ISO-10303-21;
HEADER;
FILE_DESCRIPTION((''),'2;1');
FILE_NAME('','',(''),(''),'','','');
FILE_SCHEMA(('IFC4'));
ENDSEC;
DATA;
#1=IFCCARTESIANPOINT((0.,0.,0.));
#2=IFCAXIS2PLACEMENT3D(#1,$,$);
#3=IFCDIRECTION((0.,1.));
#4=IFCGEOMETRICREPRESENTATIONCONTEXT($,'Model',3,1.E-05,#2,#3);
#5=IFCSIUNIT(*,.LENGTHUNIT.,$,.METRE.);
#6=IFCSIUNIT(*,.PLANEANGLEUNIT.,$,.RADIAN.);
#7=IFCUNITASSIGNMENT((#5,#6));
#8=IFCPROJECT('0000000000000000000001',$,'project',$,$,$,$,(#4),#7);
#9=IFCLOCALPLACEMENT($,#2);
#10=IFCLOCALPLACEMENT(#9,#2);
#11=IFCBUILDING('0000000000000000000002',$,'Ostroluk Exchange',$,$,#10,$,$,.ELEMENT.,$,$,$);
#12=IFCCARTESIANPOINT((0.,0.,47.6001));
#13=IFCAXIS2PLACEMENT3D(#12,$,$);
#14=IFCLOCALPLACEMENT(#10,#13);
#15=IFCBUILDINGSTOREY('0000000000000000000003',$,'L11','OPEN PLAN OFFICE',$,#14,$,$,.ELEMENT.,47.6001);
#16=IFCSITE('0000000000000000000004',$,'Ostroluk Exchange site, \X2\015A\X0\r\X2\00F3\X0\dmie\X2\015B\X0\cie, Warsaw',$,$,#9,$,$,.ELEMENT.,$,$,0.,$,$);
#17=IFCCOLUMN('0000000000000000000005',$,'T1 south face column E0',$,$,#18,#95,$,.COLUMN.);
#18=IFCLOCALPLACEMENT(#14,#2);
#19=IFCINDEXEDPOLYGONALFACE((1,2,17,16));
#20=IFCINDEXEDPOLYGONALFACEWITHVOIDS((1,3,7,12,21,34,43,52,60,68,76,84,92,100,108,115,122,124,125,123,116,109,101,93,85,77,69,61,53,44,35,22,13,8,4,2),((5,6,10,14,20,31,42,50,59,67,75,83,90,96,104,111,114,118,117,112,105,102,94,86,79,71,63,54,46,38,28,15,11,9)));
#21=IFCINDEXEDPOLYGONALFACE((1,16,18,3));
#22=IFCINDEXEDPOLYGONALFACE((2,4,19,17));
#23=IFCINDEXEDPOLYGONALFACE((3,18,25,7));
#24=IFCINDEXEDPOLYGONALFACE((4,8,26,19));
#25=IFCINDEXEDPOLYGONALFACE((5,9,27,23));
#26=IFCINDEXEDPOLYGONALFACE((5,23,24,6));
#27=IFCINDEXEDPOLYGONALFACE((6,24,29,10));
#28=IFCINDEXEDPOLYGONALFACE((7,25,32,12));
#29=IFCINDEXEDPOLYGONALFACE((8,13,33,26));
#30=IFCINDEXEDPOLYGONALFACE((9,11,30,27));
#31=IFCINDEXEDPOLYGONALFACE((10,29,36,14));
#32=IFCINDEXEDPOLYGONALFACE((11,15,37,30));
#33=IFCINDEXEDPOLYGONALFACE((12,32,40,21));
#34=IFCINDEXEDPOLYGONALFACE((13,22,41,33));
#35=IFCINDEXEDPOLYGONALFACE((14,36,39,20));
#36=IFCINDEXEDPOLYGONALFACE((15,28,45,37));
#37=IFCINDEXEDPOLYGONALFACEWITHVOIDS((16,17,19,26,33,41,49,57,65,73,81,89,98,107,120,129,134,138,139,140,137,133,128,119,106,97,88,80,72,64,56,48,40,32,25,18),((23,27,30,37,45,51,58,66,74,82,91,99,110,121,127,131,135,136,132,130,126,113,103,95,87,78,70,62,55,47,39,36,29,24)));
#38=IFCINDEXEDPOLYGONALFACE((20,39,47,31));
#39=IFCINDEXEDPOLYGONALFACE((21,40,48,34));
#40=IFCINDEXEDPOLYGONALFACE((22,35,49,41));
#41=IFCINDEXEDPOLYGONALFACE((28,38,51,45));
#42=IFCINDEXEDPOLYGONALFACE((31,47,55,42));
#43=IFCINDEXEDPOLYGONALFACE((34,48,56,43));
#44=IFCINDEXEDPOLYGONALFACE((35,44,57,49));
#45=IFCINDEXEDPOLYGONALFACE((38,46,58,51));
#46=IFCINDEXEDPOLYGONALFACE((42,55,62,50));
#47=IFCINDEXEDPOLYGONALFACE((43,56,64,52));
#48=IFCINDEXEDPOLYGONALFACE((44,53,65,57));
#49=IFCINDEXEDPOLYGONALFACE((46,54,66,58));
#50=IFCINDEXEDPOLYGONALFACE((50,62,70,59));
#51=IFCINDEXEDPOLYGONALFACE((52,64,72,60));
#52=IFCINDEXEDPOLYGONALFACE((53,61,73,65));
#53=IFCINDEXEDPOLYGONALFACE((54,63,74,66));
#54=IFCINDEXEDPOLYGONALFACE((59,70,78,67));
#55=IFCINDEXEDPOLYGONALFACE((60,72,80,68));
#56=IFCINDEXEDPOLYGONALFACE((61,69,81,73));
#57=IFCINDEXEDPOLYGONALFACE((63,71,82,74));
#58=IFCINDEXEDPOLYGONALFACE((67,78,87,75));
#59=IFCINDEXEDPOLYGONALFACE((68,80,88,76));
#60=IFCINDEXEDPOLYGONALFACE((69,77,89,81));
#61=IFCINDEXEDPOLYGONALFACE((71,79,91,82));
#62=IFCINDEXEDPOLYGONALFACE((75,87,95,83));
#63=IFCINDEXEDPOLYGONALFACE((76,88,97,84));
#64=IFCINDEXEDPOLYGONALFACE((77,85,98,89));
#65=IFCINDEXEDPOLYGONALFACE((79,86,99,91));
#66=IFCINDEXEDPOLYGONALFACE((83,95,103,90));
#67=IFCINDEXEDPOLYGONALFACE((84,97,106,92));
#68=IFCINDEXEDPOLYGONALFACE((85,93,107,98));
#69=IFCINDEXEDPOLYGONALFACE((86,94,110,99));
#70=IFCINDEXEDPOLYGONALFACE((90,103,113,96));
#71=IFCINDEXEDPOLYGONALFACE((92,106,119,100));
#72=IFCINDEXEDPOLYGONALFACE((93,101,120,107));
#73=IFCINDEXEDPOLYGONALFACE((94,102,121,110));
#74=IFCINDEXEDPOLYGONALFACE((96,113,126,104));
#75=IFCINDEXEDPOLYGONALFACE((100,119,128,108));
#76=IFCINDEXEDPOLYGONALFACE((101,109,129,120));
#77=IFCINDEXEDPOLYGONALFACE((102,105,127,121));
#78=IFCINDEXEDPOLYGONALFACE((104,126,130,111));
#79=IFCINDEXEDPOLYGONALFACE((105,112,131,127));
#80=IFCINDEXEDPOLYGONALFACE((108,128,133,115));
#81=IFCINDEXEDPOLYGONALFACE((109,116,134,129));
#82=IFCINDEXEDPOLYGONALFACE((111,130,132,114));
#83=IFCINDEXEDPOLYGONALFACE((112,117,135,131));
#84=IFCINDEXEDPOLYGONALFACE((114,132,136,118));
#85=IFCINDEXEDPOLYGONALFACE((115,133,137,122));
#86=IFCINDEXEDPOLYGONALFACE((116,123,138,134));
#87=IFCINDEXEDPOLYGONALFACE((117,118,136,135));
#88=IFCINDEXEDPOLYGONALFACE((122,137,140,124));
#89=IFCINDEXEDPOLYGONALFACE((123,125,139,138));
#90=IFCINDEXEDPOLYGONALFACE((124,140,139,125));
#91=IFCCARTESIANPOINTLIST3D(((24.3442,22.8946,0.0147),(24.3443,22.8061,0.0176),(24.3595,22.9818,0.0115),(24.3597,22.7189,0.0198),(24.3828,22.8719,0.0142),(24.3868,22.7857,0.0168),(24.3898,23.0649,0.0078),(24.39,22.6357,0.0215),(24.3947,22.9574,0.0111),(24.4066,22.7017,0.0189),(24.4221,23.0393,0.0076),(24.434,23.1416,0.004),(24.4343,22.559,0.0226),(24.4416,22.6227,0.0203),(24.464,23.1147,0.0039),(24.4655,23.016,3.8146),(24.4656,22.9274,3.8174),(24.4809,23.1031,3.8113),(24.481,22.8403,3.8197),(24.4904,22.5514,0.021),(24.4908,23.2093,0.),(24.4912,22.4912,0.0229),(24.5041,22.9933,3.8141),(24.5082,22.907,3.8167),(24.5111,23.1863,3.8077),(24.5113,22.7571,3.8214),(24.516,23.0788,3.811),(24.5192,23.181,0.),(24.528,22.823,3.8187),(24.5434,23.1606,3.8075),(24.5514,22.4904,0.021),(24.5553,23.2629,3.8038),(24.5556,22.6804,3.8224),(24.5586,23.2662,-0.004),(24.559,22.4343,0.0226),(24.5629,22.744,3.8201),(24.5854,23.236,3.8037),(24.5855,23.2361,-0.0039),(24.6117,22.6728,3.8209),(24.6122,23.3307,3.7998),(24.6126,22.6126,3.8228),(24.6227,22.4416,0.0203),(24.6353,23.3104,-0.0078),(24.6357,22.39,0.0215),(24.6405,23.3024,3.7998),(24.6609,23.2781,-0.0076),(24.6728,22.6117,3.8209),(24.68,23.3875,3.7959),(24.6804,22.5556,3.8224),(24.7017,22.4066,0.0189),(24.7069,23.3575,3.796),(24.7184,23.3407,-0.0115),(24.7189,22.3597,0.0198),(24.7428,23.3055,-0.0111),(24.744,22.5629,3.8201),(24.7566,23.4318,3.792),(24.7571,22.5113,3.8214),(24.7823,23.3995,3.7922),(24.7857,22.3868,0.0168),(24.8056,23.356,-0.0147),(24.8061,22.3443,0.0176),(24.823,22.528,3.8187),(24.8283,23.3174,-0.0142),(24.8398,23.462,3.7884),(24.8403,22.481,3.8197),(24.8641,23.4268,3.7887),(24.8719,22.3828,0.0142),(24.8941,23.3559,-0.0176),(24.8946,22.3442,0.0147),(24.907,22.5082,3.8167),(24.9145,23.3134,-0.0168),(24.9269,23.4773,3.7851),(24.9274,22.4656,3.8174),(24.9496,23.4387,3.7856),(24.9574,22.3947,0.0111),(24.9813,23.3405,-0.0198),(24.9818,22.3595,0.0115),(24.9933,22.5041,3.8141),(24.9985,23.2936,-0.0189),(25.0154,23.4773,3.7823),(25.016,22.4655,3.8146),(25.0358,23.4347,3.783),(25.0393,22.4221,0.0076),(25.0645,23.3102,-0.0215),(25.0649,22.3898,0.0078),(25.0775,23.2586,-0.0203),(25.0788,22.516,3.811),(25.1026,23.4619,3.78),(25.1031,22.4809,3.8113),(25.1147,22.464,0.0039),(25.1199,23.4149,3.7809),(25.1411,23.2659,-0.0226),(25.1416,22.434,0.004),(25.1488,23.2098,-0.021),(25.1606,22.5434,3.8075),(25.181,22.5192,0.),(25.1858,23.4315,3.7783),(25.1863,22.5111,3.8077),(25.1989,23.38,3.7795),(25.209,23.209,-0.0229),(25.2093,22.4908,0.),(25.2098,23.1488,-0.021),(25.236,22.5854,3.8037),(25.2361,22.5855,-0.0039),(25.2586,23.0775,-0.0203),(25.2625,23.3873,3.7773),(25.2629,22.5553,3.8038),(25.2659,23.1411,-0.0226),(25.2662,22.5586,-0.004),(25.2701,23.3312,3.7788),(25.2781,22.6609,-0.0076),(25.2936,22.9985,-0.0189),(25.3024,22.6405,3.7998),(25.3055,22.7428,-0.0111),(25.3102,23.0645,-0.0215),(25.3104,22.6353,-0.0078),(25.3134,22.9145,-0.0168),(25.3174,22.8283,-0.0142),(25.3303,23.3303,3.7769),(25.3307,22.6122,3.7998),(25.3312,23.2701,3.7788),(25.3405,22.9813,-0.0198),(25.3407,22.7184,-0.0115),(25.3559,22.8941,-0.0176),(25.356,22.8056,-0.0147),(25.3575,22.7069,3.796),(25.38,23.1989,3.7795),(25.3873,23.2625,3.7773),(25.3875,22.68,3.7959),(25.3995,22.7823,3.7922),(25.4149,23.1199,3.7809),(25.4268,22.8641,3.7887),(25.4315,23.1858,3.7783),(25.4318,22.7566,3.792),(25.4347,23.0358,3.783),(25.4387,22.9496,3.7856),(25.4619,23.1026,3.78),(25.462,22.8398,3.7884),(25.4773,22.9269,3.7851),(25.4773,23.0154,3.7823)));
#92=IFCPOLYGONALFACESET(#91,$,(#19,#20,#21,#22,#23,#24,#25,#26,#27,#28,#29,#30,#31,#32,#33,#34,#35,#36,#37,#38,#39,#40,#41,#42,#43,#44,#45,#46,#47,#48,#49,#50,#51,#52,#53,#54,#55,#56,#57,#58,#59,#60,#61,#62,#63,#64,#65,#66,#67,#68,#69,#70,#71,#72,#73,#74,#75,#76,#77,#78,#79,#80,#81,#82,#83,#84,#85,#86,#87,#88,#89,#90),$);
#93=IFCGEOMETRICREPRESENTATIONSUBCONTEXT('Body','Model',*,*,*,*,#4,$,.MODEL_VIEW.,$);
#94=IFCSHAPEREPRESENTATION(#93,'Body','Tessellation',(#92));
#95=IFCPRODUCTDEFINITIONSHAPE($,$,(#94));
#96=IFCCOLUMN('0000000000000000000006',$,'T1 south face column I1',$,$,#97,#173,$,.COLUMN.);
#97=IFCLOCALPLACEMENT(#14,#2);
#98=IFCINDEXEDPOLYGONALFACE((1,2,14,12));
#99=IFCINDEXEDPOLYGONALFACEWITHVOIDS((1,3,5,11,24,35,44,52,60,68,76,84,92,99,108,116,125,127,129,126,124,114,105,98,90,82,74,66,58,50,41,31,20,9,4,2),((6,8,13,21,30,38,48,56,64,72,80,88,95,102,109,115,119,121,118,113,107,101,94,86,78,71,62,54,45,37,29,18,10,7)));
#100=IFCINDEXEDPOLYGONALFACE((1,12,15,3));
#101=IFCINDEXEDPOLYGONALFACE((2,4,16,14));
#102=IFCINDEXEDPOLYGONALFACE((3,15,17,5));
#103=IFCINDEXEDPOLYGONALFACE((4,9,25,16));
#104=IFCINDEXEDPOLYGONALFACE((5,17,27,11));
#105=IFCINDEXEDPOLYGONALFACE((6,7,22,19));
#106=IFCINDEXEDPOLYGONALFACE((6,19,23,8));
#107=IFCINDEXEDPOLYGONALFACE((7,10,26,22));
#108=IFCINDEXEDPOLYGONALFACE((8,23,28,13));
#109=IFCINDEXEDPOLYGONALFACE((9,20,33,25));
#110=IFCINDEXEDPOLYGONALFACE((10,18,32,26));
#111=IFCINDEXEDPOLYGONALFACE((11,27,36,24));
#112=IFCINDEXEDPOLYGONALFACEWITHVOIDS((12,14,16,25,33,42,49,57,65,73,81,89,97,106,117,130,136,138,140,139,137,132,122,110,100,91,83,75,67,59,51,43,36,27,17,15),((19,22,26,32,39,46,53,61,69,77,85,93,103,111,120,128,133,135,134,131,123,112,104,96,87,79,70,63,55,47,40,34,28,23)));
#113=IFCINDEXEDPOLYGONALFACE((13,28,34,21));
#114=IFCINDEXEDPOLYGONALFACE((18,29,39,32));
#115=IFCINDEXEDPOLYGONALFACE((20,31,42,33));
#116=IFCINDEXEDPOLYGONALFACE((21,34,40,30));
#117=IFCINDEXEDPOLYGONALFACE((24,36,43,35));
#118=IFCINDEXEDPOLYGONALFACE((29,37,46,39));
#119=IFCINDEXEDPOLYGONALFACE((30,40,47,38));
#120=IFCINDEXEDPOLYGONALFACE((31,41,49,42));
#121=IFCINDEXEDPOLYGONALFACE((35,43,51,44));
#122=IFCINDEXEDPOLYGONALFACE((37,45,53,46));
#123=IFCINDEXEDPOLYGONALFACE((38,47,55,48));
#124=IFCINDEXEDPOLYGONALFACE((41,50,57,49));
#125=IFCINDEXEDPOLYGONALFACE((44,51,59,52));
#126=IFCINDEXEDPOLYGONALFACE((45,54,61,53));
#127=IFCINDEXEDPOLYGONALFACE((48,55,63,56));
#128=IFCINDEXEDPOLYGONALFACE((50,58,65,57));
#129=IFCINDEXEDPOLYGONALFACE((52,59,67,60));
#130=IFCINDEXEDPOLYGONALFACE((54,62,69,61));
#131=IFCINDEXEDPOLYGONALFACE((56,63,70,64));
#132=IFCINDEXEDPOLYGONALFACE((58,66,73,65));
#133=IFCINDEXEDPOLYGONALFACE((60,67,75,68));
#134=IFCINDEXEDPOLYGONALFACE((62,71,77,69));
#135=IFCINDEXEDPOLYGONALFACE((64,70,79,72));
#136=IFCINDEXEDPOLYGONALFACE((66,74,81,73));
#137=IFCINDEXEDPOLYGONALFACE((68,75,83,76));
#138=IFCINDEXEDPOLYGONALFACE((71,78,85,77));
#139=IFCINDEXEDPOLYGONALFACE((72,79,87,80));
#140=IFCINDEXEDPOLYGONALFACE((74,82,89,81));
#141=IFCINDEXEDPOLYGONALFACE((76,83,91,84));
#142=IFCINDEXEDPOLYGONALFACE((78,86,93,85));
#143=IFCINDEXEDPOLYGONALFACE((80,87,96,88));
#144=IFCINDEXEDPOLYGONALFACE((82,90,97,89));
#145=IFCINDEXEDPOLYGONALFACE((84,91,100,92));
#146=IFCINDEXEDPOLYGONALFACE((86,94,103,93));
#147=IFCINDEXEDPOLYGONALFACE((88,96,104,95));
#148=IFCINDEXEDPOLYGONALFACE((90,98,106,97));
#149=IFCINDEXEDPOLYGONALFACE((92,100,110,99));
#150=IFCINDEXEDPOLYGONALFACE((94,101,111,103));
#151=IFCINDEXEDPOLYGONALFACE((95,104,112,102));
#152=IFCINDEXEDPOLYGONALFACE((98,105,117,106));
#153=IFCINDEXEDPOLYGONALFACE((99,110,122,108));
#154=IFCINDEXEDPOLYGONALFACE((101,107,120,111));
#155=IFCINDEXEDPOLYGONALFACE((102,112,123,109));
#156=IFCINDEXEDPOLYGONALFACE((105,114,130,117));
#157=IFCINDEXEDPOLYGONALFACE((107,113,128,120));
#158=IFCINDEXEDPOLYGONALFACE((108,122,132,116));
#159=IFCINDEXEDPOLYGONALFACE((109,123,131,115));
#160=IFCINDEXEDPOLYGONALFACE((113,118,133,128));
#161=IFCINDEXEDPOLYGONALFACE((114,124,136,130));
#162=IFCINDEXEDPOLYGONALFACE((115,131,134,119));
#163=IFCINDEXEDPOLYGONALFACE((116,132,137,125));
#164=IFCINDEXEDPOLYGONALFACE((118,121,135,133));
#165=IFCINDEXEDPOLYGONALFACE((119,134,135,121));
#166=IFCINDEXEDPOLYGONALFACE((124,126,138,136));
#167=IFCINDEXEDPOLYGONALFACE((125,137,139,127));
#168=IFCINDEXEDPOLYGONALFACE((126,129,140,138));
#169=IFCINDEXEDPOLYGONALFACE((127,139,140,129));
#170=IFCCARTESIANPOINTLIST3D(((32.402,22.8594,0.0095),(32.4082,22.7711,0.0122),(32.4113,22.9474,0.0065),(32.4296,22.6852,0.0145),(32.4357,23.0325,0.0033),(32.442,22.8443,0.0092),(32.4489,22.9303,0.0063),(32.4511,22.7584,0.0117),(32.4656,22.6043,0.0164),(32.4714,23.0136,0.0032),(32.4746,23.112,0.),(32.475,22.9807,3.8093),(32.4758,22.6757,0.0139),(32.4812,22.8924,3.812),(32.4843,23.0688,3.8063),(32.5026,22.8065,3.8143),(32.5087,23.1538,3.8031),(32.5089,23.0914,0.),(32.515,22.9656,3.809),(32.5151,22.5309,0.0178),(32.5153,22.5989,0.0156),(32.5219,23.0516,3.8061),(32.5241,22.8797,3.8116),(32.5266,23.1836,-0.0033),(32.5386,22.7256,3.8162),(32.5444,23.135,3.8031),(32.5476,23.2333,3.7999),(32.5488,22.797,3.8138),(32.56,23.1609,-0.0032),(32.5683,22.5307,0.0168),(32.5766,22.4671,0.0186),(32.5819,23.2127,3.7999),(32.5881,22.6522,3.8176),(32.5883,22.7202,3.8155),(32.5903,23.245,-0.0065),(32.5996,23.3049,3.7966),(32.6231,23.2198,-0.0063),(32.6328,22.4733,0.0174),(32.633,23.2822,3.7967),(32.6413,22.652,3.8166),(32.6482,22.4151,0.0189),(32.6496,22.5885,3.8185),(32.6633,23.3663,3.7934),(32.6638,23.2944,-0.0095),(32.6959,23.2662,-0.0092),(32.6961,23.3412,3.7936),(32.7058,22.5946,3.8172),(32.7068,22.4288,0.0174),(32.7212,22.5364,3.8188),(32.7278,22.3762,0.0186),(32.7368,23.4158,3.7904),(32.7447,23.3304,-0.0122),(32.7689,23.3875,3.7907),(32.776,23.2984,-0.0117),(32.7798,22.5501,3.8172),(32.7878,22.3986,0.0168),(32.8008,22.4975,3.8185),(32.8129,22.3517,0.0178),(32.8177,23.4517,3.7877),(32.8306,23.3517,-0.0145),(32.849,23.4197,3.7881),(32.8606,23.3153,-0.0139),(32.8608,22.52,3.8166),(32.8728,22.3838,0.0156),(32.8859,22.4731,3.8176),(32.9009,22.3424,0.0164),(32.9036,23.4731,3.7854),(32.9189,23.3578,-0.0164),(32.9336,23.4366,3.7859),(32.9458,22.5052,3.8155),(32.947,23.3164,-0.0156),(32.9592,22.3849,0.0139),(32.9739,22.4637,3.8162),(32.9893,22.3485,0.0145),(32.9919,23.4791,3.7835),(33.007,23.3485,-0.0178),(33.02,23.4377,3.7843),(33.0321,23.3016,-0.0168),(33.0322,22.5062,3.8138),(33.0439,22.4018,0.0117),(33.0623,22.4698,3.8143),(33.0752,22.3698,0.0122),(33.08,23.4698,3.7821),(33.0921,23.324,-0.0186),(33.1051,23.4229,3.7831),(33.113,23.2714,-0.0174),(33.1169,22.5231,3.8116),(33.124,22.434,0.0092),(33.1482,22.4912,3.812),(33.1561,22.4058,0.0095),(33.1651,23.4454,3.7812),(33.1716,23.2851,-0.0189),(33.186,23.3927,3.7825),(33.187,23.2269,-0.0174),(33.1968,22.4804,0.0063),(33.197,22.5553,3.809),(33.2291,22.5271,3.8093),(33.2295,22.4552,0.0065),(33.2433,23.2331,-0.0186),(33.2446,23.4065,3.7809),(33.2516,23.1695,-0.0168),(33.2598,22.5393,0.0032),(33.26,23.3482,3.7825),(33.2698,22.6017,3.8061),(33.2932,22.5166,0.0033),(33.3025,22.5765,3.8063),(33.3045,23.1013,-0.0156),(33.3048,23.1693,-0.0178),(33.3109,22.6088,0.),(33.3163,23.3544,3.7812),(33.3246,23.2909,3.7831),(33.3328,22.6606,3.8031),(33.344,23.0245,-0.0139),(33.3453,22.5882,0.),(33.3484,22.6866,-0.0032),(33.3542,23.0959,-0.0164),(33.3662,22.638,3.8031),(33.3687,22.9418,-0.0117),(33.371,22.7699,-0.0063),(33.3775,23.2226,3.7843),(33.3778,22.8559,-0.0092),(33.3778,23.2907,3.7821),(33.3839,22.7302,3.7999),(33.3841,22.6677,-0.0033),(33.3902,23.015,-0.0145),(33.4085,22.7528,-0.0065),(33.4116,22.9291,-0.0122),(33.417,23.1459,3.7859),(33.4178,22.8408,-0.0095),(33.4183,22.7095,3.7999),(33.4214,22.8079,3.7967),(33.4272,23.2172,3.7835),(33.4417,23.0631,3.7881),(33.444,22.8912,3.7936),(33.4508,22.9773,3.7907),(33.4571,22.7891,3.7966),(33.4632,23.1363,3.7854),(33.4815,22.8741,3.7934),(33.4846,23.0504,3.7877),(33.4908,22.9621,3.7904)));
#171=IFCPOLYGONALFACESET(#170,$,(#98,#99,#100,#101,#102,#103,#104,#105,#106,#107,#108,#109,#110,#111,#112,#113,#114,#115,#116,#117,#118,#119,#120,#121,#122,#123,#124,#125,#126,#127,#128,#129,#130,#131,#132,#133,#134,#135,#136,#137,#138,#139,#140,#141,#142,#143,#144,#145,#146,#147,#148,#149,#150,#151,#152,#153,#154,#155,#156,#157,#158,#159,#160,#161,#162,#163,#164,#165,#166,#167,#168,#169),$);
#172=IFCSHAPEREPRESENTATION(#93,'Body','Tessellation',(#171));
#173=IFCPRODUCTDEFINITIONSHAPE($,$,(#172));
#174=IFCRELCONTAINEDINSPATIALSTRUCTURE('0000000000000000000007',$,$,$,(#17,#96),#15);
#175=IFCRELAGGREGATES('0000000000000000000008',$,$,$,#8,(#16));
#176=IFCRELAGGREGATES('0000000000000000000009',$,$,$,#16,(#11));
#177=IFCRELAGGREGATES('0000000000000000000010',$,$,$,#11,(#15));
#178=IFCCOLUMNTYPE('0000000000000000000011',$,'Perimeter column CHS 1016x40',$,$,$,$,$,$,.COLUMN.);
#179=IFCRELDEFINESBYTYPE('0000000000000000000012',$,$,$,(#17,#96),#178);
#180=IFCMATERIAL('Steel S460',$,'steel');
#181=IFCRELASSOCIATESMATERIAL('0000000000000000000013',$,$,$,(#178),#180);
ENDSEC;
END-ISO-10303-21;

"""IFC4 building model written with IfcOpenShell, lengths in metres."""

from ifc_helpers import new_model, si_unit, direction, frame, origin, origin_2d, place, context, subcontext, project, spatial, hollow_circle, extrude, material, material_profile, profile_set, type_object, element, save


model = new_model("IFC4")

# Units and contexts
model_context = context("Model", 3, precision=1e-05, world=origin(), true_north=direction((0.0, 1.0)))
body_context = subcontext(model_context, "Body", "Model", "MODEL_VIEW")
ifc_project = project(units=[si_unit("LENGTHUNIT", "METRE"), si_unit("PLANEANGLEUNIT", "RADIAN")], contexts=[model_context])

# Site, building, storey
site_placement = place(None, origin())
site = spatial("IfcSite", under=ifc_project, at=site_placement, Name="Ostroluk Exchange site, Śródmieście, Warsaw", CompositionType="ELEMENT", RefElevation=0.0)
building_placement = place(site_placement, origin())
building = spatial("IfcBuilding", under=site, at=building_placement, Name="Ostroluk Exchange", CompositionType="ELEMENT")
storey_placement = place(building_placement, frame((0.0, 0.0, 47.6001)))
storey = spatial("IfcBuildingStorey", under=building, at=storey_placement, Name="L11", Description="OPEN PLAN OFFICE", CompositionType="ELEMENT", Elevation=47.6001)

# Columns
ifc_material_1 = material(Name="Steel S460", Category="steel")
ifc_material_profile_1 = material_profile(ifc_material_1, hollow_circle(Radius=0.5081, WallThickness=0.04, at=origin_2d()), Name="CHS 1016x40")
ifc_profile_set_1 = profile_set([ifc_material_profile_1], Name="Steel S460")
column_type = type_object("IfcColumnType", Name="Perimeter column CHS 1016x40", PredefinedType="COLUMN", material=ifc_profile_set_1)
column_1_placement = place(storey_placement, frame((24.8501, 22.8501, 0.0), z_axis=(0.0319, 0.0319, 0.998982), x_axis=(-0.707107, 0.707107, 0.0)))
element("IfcColumn", 1, at=column_1_placement, inside=storey, type_object=column_type, Name="T1 south face column E0", PredefinedType="COLUMN", context=body_context, shape_type="SweptSolid", body=[
    extrude(hollow_circle(Radius=0.5081, WallThickness=0.04, at=origin_2d()), origin(), (0.0, 0.0, 1.0), 3.8037),
])
column_2_placement = place(storey_placement, frame((32.9099, 22.8501, 0.0), z_axis=(0.019198, 0.031911, 0.999306), x_axis=(-0.856884, 0.51551, 0.0)))
element("IfcColumn", 2, at=column_2_placement, inside=storey, type_object=column_type, Name="T1 south face column I1", PredefinedType="COLUMN", context=body_context, shape_type="SweptSolid", body=[
    extrude(hollow_circle(Radius=0.5081, WallThickness=0.04, at=origin_2d()), origin(), (0.0, 0.0, 1.0), 3.8025),
])

save(model, "model.ifc")
